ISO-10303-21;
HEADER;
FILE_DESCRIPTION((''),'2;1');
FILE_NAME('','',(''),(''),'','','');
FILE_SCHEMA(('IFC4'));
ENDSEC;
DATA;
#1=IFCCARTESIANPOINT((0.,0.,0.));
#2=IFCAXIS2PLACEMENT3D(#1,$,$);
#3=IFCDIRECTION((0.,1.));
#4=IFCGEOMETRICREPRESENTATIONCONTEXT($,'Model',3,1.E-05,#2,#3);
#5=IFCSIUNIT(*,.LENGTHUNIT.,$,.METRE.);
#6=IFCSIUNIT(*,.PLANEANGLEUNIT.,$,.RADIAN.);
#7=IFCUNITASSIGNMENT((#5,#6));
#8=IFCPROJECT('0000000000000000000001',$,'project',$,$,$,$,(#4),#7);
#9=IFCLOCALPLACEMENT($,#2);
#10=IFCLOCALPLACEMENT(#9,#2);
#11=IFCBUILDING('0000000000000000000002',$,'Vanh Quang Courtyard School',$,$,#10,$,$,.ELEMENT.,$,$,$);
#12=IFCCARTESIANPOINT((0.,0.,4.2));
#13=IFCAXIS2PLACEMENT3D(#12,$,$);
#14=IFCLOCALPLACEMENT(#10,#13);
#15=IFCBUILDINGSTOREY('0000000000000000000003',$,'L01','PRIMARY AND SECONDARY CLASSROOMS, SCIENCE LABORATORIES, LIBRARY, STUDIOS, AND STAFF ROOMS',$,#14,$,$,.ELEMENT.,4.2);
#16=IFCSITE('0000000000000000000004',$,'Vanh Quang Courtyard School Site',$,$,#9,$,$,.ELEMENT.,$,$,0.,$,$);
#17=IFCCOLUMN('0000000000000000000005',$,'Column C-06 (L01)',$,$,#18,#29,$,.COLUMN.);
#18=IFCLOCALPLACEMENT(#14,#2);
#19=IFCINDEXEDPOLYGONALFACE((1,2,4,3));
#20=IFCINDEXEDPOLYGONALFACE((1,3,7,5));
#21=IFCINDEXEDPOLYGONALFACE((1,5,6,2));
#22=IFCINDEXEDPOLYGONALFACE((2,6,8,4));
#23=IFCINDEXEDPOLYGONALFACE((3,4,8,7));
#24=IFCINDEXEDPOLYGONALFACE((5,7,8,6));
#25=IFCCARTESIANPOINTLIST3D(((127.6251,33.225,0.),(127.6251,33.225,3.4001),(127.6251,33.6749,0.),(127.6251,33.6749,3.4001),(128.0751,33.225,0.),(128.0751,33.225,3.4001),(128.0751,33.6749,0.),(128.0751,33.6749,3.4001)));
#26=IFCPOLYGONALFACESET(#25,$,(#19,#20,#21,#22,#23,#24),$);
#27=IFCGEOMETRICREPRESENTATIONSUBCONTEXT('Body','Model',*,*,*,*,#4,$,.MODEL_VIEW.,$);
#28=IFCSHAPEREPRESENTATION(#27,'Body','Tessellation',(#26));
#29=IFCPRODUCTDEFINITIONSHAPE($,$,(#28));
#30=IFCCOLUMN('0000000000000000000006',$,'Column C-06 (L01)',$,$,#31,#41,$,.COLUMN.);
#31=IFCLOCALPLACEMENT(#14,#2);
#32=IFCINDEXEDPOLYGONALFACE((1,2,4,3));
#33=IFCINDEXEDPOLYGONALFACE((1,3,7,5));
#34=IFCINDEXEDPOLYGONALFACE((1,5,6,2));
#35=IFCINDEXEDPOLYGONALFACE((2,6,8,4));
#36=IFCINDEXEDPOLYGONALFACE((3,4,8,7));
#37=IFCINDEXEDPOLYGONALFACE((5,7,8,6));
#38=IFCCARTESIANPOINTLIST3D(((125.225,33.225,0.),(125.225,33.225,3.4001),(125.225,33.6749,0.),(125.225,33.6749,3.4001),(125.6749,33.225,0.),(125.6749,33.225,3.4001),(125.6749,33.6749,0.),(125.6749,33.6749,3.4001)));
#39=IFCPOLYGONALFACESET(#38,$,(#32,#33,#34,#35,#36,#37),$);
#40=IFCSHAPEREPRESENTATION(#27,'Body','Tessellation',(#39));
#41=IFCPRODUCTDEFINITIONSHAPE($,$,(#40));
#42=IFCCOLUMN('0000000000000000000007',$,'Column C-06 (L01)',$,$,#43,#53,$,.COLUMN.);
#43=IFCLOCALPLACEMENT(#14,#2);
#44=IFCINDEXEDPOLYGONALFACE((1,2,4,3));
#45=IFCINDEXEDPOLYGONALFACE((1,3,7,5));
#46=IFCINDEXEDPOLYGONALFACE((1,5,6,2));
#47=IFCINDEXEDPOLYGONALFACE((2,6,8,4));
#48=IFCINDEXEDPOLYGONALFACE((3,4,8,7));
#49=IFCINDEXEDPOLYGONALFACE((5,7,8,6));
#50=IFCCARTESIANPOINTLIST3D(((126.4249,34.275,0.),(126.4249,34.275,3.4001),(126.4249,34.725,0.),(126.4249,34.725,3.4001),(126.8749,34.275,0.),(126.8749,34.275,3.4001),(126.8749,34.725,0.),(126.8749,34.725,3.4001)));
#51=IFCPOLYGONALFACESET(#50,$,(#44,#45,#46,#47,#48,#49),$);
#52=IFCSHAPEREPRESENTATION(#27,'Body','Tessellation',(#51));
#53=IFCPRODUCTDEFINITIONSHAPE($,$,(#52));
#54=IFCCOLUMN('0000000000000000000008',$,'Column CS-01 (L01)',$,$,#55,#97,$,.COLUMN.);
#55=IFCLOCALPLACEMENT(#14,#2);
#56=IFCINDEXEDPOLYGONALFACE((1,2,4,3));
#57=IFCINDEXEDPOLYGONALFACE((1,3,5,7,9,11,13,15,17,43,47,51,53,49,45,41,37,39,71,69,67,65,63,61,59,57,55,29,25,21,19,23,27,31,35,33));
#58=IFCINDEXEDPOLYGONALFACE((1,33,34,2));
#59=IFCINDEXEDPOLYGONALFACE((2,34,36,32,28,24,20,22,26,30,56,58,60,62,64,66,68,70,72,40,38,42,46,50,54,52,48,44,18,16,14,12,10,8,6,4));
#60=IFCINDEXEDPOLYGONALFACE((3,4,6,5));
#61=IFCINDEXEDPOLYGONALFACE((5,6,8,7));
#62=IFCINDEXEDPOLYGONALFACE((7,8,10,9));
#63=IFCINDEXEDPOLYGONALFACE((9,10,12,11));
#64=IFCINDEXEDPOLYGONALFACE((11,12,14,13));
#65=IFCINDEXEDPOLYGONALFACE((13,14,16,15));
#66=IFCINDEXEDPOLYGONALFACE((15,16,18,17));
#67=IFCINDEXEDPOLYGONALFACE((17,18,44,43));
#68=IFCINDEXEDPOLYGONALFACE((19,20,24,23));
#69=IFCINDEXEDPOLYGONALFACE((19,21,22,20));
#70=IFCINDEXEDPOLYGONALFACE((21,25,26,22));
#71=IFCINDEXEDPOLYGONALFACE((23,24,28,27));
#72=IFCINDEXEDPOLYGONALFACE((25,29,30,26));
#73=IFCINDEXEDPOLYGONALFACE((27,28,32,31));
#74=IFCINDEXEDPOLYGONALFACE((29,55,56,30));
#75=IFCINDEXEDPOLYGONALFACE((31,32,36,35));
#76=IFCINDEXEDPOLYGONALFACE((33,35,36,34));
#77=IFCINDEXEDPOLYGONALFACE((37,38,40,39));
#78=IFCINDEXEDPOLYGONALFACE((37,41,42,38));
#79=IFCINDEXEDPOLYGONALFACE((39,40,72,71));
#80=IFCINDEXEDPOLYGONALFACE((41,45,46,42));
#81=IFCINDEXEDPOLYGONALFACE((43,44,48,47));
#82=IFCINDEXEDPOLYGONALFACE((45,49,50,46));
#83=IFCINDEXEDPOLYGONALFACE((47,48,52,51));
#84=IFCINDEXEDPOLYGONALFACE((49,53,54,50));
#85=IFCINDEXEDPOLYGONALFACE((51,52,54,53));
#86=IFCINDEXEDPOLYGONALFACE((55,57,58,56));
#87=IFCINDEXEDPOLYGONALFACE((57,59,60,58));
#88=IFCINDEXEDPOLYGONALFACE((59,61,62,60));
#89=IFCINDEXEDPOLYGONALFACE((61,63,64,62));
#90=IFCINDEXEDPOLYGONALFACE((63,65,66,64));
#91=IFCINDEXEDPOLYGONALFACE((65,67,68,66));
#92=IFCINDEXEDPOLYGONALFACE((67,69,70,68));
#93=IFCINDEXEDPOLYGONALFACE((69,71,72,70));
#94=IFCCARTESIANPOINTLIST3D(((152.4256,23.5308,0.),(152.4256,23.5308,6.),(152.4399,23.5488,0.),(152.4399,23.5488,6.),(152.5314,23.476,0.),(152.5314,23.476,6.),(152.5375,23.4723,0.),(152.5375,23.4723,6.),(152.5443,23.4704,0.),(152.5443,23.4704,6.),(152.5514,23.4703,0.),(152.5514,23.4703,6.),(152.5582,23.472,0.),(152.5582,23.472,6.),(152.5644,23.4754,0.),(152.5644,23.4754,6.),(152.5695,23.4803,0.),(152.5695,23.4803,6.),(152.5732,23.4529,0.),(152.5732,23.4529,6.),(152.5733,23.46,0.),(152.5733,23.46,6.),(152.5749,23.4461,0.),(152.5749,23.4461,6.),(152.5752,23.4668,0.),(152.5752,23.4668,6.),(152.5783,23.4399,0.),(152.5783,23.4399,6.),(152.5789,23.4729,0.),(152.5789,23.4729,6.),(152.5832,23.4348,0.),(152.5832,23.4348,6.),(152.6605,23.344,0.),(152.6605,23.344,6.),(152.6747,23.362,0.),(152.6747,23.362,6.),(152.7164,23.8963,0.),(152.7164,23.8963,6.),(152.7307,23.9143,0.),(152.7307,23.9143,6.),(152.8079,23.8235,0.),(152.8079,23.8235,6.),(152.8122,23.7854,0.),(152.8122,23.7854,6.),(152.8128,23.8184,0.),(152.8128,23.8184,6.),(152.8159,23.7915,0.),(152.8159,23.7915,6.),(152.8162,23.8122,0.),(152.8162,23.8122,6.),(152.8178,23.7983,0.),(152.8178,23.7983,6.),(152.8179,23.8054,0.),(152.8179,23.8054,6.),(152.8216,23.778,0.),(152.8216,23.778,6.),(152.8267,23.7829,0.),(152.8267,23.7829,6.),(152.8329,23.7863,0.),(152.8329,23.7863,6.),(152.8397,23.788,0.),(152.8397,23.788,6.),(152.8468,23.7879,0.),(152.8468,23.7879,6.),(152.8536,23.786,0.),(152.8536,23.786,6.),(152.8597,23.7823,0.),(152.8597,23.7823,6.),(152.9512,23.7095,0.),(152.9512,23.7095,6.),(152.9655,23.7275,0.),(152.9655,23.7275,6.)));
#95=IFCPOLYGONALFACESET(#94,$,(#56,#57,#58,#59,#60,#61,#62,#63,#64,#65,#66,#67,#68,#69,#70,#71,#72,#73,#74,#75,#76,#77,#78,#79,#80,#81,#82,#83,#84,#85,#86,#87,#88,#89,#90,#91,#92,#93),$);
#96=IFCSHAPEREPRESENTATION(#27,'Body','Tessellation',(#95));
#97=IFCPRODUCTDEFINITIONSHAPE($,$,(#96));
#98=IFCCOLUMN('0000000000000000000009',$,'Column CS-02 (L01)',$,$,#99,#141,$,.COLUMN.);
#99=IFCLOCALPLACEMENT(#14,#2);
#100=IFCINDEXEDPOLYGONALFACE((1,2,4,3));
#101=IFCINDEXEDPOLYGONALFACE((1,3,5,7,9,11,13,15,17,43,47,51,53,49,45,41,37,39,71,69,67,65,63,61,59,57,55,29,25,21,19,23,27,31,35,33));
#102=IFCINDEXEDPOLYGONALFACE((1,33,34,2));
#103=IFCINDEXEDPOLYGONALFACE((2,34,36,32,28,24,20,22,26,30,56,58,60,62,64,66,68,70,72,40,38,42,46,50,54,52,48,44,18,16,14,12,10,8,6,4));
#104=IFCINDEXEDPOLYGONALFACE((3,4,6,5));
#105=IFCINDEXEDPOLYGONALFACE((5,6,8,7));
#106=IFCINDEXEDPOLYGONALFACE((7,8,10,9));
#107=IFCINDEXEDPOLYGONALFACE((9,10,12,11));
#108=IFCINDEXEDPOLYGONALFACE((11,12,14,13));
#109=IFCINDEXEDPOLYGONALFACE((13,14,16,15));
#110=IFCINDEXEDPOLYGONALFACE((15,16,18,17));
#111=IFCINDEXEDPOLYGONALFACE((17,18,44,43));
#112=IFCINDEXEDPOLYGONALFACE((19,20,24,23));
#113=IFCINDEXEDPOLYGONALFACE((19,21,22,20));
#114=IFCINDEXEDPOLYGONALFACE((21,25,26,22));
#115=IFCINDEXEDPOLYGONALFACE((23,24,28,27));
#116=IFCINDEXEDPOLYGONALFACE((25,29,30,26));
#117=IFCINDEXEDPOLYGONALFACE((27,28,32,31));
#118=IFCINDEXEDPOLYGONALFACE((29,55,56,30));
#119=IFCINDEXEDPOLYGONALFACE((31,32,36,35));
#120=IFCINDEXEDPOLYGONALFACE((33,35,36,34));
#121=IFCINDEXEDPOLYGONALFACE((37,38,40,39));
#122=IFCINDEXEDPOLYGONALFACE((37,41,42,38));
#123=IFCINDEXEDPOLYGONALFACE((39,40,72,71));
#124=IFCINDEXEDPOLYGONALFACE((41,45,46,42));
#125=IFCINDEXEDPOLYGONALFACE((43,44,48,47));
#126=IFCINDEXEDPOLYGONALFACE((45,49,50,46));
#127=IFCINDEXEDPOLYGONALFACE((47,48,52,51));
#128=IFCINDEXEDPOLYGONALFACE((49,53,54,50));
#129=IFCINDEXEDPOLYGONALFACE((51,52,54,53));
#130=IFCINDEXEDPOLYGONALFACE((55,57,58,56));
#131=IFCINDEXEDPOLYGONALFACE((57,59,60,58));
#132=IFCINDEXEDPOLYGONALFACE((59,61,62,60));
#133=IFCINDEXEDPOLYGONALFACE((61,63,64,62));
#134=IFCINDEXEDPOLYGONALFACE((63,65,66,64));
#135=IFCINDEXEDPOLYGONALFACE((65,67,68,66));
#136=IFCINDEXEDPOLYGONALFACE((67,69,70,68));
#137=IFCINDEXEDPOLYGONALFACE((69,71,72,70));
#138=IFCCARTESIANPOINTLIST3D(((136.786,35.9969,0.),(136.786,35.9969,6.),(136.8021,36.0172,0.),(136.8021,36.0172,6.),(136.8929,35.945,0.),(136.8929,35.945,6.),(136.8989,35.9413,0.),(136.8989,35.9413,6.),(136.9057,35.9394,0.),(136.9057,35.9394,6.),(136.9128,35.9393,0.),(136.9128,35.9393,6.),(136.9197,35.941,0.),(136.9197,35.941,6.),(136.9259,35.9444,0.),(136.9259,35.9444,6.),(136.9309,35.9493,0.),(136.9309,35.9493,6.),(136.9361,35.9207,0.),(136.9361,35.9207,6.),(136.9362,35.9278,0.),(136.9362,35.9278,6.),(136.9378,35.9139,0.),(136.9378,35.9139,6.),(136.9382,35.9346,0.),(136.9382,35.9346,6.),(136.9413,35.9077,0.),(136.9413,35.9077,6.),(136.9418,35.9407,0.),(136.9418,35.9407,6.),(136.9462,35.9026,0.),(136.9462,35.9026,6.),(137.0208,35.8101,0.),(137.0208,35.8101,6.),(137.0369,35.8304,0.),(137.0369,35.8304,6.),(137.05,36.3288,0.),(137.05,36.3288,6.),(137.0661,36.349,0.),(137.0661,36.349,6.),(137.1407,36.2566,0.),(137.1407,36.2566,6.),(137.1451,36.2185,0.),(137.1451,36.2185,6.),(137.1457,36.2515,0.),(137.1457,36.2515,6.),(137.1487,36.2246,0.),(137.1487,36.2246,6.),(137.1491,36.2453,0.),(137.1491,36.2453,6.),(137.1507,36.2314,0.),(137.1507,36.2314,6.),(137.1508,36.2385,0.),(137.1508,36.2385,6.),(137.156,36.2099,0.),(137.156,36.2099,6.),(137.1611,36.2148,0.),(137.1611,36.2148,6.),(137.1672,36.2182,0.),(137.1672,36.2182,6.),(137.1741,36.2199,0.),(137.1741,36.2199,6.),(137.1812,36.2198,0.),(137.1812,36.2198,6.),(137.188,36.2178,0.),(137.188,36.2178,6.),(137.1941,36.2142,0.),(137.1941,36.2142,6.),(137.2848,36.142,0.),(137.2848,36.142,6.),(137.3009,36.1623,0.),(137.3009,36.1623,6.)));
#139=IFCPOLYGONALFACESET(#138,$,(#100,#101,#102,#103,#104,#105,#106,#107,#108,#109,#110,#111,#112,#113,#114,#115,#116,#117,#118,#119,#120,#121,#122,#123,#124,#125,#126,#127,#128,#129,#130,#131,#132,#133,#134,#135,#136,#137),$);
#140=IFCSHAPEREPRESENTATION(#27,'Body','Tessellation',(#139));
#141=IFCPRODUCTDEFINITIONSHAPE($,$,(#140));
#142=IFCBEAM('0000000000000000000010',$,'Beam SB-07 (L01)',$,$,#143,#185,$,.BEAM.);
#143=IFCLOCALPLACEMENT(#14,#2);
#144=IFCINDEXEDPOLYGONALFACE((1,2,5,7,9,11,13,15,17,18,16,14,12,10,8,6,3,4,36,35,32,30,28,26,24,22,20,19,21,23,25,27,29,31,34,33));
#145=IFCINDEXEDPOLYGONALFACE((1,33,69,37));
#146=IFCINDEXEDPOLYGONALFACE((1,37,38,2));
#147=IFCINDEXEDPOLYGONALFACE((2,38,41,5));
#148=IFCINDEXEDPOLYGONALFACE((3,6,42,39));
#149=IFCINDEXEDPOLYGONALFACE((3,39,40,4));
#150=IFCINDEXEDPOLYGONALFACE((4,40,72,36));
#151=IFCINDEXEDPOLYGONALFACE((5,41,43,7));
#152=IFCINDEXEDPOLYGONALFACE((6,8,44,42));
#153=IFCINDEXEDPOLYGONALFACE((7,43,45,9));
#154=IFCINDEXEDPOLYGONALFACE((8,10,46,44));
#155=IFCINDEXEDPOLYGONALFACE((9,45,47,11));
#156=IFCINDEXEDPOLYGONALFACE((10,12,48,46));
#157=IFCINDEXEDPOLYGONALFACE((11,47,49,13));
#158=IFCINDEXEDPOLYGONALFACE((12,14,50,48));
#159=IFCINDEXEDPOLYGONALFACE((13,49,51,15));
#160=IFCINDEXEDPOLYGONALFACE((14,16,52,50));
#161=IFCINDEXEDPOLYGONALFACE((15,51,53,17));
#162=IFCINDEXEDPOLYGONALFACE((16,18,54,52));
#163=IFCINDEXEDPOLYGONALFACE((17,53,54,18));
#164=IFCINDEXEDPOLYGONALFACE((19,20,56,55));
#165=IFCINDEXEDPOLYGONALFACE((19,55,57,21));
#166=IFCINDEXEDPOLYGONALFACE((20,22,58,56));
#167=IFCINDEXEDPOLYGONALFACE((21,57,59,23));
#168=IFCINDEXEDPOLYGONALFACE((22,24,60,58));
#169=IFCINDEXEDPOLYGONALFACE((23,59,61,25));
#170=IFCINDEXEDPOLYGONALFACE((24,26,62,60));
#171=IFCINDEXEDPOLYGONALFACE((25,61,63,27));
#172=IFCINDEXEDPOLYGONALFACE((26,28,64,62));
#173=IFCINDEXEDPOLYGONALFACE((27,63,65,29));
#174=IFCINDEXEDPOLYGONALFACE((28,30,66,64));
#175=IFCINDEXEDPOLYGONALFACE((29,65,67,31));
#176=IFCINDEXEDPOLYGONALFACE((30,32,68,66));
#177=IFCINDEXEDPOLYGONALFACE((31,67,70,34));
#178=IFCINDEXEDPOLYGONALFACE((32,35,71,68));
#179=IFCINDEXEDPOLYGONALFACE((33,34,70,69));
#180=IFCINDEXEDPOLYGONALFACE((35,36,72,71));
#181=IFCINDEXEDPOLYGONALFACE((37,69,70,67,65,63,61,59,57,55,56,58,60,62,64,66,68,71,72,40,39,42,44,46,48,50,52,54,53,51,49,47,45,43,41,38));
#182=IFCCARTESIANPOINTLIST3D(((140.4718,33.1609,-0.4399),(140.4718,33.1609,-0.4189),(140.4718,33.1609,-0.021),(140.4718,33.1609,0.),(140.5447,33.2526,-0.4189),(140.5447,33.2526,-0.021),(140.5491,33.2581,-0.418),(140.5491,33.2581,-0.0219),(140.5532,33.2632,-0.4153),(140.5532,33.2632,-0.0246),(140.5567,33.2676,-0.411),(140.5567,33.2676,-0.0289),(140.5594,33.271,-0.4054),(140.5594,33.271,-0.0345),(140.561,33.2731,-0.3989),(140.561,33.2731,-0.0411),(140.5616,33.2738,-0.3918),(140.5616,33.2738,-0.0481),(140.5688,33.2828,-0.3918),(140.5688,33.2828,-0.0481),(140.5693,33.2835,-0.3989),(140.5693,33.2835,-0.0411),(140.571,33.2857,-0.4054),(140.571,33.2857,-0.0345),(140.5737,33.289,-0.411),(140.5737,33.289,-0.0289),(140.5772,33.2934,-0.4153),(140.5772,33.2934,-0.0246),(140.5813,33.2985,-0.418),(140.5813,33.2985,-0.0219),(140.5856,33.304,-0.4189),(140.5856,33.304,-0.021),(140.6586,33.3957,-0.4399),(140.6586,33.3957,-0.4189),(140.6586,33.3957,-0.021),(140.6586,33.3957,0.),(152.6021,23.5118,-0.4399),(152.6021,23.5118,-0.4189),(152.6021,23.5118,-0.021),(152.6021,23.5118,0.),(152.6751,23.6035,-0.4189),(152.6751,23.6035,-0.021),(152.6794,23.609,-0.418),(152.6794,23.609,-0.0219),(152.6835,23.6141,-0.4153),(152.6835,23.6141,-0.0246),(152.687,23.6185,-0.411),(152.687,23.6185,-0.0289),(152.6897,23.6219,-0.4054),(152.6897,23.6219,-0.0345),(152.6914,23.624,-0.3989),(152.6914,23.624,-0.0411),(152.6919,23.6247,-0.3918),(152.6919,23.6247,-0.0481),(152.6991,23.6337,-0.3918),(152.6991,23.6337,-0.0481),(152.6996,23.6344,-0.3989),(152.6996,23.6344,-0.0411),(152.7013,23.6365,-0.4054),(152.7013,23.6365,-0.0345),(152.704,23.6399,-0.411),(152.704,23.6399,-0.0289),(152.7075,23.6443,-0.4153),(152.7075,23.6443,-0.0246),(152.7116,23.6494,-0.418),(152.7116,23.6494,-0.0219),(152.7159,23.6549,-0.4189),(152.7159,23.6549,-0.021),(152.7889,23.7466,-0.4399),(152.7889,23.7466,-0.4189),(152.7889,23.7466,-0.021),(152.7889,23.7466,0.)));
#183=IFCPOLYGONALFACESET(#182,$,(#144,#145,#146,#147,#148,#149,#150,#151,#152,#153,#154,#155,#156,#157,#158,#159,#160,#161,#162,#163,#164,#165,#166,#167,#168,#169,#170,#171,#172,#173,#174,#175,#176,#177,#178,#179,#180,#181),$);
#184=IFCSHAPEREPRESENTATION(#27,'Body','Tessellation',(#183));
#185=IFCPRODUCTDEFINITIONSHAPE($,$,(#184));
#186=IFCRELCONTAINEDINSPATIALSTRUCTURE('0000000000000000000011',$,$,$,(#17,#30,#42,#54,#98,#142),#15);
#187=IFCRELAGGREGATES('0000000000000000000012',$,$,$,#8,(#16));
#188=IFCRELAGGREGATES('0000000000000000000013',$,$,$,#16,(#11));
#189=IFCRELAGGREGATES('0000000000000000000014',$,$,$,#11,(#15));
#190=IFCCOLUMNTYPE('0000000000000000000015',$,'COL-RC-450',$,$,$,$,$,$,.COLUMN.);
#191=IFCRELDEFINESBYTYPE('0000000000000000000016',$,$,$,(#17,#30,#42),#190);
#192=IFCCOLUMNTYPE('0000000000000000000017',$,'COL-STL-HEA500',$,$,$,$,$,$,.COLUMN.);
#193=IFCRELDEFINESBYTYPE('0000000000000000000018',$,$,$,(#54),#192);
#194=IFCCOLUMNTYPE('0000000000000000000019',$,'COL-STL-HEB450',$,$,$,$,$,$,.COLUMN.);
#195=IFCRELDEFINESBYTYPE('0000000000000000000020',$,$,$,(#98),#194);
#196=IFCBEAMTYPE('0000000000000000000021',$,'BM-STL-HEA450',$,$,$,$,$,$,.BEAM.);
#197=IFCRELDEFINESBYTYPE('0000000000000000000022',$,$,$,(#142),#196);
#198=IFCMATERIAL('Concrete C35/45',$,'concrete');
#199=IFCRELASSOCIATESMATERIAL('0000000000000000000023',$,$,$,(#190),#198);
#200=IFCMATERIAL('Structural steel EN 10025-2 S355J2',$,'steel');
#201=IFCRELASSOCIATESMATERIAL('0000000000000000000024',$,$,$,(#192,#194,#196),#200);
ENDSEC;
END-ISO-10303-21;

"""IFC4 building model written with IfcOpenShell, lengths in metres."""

from ifc_helpers import new_model, si_unit, direction, frame, origin, origin_2d, place, context, subcontext, project, spatial, rectangle, i_section, extrude, material, material_profile, profile_set, type_object, element, save


model = new_model("IFC4")

# Units and contexts
model_context = context("Model", 3, precision=1e-05, world=origin(), true_north=direction((0.0, 1.0)))
body_context = subcontext(model_context, "Body", "Model", "MODEL_VIEW")
ifc_project = project(units=[si_unit("LENGTHUNIT", "METRE"), si_unit("PLANEANGLEUNIT", "RADIAN")], contexts=[model_context])

# Site, building, storey
site_placement = place(None, origin())
site = spatial("IfcSite", under=ifc_project, at=site_placement, Name="Vanh Quang Courtyard School Site", CompositionType="ELEMENT", RefElevation=0.0)
building_placement = place(site_placement, origin())
building = spatial("IfcBuilding", under=site, at=building_placement, Name="Vanh Quang Courtyard School", CompositionType="ELEMENT")
storey_placement = place(building_placement, frame((0.0, 0.0, 4.2)))
storey = spatial("IfcBuildingStorey", under=building, at=storey_placement, Name="L01", Description="PRIMARY AND SECONDARY CLASSROOMS, SCIENCE LABORATORIES, LIBRARY, STUDIOS, AND STAFF ROOMS", CompositionType="ELEMENT", Elevation=4.2)

# Columns
ifc_material_1 = material(Name="Concrete C35/45", Category="concrete")
ifc_material_profile_1 = material_profile(ifc_material_1, rectangle(XDim=0.45, YDim=0.45, at=origin_2d()), Name="RC-COL 450x450")
ifc_profile_set_1 = profile_set([ifc_material_profile_1], Name="Concrete C35/45")
column_type_1 = type_object("IfcColumnType", Name="COL-RC-450", PredefinedType="COLUMN", material=ifc_profile_set_1)
for number, where, z_axis, x_axis, name in (
    (1, (127.8501, 33.45, 0.0), (0.0, 0.0, 1.0), (1.0, 0.0, 0.0), "Column C-06 (L01)"),
    (2, (125.45, 33.45, 0.0), (0.0, 0.0, 1.0), (1.0, 0.0, 0.0), "Column C-06 (L01)"),
    (3, (126.6499, 34.5, 0.0), (0.0, 0.0, 1.0), (1.0, 0.0, 0.0), "Column C-06 (L01)"),
):
    element("IfcColumn", number, at=place(storey_placement, frame(where, z_axis=z_axis, x_axis=x_axis)), inside=storey, type_object=column_type_1, Name=name, PredefinedType="COLUMN", context=body_context, shape_type="SweptSolid", body=[
        extrude(rectangle(XDim=0.45, YDim=0.45, at=origin_2d()), origin(), (0.0, 0.0, 1.0), 3.4001),
    ])
ifc_material_2 = material(Name="Structural steel EN 10025-2 S355J2", Category="steel")
ifc_material_profile_2 = material_profile(ifc_material_2, i_section(OverallWidth=0.3, OverallDepth=0.49, WebThickness=0.012, FlangeThickness=0.0229, FilletRadius=0.0271, at=origin_2d()), Name="HEA 500")
ifc_profile_set_2 = profile_set([ifc_material_profile_2], Name="Structural steel EN 10025-2 S355J2")
column_type_2 = type_object("IfcColumnType", Name="COL-STL-HEA500", PredefinedType="COLUMN", material=ifc_profile_set_2)
column_1_placement = place(storey_placement, frame((152.6956, 23.6292, 0.0), z_axis=(0.0, 0.0, 1.0), x_axis=(0.782608, -0.622515, 0.0)))
element("IfcColumn", 4, at=column_1_placement, inside=storey, type_object=column_type_2, Name="Column CS-01 (L01)", PredefinedType="COLUMN", context=body_context, shape_type="SweptSolid", body=[
    extrude(i_section(OverallWidth=0.3, OverallDepth=0.49, WebThickness=0.012, FlangeThickness=0.0229, FilletRadius=0.0271, at=origin_2d()), origin(), (0.0, 0.0, 1.0), 6.0),
])
ifc_material_profile_3 = material_profile(ifc_material_2, i_section(OverallWidth=0.3, OverallDepth=0.45, WebThickness=0.0139, FlangeThickness=0.0259, FilletRadius=0.0271, at=origin_2d()), Name="HEB 450")
ifc_profile_set_3 = profile_set([ifc_material_profile_3], Name="Structural steel EN 10025-2 S355J2")
column_type_3 = type_object("IfcColumnType", Name="COL-STL-HEB450", PredefinedType="COLUMN", material=ifc_profile_set_3)
column_2_placement = place(storey_placement, frame((137.0435, 36.0796, 0.0), z_axis=(0.0, 0.0, 1.0), x_axis=(0.782608, -0.622515, 0.0)))
element("IfcColumn", 5, at=column_2_placement, inside=storey, type_object=column_type_3, Name="Column CS-02 (L01)", PredefinedType="COLUMN", context=body_context, shape_type="SweptSolid", body=[
    extrude(i_section(OverallWidth=0.3, OverallDepth=0.45, WebThickness=0.0139, FlangeThickness=0.0259, FilletRadius=0.0271, at=origin_2d()), origin(), (0.0, 0.0, 1.0), 6.0),
])

# Beam
ifc_material_profile_4 = material_profile(ifc_material_2, i_section(OverallWidth=0.3, OverallDepth=0.4399, WebThickness=0.0115, FlangeThickness=0.021, FilletRadius=0.0271, at=origin_2d()), Name="HEA 450")
ifc_profile_set_4 = profile_set([ifc_material_profile_4], Name="Structural steel EN 10025-2 S355J2")
beam_type_1 = type_object("IfcBeamType", Name="BM-STL-HEA450", PredefinedType="BEAM", material=ifc_profile_set_4)
beam_1_placement = place(storey_placement, frame((140.5652, 33.2783, -0.22), z_axis=(0.782601, -0.622524, 0.0), x_axis=(0.622524, 0.782601, 0.0)))
element("IfcBeam", 6, at=beam_1_placement, inside=storey, type_object=beam_type_1, Name="Beam SB-07 (L01)", PredefinedType="BEAM", context=body_context, shape_type="SweptSolid", body=[
    extrude(i_section(OverallWidth=0.3, OverallDepth=0.4399, WebThickness=0.0115, FlangeThickness=0.021, FilletRadius=0.0271, at=origin_2d()), origin(), (0.0, 0.0, 1.0), 15.5),
])

save(model, "model.ifc")
